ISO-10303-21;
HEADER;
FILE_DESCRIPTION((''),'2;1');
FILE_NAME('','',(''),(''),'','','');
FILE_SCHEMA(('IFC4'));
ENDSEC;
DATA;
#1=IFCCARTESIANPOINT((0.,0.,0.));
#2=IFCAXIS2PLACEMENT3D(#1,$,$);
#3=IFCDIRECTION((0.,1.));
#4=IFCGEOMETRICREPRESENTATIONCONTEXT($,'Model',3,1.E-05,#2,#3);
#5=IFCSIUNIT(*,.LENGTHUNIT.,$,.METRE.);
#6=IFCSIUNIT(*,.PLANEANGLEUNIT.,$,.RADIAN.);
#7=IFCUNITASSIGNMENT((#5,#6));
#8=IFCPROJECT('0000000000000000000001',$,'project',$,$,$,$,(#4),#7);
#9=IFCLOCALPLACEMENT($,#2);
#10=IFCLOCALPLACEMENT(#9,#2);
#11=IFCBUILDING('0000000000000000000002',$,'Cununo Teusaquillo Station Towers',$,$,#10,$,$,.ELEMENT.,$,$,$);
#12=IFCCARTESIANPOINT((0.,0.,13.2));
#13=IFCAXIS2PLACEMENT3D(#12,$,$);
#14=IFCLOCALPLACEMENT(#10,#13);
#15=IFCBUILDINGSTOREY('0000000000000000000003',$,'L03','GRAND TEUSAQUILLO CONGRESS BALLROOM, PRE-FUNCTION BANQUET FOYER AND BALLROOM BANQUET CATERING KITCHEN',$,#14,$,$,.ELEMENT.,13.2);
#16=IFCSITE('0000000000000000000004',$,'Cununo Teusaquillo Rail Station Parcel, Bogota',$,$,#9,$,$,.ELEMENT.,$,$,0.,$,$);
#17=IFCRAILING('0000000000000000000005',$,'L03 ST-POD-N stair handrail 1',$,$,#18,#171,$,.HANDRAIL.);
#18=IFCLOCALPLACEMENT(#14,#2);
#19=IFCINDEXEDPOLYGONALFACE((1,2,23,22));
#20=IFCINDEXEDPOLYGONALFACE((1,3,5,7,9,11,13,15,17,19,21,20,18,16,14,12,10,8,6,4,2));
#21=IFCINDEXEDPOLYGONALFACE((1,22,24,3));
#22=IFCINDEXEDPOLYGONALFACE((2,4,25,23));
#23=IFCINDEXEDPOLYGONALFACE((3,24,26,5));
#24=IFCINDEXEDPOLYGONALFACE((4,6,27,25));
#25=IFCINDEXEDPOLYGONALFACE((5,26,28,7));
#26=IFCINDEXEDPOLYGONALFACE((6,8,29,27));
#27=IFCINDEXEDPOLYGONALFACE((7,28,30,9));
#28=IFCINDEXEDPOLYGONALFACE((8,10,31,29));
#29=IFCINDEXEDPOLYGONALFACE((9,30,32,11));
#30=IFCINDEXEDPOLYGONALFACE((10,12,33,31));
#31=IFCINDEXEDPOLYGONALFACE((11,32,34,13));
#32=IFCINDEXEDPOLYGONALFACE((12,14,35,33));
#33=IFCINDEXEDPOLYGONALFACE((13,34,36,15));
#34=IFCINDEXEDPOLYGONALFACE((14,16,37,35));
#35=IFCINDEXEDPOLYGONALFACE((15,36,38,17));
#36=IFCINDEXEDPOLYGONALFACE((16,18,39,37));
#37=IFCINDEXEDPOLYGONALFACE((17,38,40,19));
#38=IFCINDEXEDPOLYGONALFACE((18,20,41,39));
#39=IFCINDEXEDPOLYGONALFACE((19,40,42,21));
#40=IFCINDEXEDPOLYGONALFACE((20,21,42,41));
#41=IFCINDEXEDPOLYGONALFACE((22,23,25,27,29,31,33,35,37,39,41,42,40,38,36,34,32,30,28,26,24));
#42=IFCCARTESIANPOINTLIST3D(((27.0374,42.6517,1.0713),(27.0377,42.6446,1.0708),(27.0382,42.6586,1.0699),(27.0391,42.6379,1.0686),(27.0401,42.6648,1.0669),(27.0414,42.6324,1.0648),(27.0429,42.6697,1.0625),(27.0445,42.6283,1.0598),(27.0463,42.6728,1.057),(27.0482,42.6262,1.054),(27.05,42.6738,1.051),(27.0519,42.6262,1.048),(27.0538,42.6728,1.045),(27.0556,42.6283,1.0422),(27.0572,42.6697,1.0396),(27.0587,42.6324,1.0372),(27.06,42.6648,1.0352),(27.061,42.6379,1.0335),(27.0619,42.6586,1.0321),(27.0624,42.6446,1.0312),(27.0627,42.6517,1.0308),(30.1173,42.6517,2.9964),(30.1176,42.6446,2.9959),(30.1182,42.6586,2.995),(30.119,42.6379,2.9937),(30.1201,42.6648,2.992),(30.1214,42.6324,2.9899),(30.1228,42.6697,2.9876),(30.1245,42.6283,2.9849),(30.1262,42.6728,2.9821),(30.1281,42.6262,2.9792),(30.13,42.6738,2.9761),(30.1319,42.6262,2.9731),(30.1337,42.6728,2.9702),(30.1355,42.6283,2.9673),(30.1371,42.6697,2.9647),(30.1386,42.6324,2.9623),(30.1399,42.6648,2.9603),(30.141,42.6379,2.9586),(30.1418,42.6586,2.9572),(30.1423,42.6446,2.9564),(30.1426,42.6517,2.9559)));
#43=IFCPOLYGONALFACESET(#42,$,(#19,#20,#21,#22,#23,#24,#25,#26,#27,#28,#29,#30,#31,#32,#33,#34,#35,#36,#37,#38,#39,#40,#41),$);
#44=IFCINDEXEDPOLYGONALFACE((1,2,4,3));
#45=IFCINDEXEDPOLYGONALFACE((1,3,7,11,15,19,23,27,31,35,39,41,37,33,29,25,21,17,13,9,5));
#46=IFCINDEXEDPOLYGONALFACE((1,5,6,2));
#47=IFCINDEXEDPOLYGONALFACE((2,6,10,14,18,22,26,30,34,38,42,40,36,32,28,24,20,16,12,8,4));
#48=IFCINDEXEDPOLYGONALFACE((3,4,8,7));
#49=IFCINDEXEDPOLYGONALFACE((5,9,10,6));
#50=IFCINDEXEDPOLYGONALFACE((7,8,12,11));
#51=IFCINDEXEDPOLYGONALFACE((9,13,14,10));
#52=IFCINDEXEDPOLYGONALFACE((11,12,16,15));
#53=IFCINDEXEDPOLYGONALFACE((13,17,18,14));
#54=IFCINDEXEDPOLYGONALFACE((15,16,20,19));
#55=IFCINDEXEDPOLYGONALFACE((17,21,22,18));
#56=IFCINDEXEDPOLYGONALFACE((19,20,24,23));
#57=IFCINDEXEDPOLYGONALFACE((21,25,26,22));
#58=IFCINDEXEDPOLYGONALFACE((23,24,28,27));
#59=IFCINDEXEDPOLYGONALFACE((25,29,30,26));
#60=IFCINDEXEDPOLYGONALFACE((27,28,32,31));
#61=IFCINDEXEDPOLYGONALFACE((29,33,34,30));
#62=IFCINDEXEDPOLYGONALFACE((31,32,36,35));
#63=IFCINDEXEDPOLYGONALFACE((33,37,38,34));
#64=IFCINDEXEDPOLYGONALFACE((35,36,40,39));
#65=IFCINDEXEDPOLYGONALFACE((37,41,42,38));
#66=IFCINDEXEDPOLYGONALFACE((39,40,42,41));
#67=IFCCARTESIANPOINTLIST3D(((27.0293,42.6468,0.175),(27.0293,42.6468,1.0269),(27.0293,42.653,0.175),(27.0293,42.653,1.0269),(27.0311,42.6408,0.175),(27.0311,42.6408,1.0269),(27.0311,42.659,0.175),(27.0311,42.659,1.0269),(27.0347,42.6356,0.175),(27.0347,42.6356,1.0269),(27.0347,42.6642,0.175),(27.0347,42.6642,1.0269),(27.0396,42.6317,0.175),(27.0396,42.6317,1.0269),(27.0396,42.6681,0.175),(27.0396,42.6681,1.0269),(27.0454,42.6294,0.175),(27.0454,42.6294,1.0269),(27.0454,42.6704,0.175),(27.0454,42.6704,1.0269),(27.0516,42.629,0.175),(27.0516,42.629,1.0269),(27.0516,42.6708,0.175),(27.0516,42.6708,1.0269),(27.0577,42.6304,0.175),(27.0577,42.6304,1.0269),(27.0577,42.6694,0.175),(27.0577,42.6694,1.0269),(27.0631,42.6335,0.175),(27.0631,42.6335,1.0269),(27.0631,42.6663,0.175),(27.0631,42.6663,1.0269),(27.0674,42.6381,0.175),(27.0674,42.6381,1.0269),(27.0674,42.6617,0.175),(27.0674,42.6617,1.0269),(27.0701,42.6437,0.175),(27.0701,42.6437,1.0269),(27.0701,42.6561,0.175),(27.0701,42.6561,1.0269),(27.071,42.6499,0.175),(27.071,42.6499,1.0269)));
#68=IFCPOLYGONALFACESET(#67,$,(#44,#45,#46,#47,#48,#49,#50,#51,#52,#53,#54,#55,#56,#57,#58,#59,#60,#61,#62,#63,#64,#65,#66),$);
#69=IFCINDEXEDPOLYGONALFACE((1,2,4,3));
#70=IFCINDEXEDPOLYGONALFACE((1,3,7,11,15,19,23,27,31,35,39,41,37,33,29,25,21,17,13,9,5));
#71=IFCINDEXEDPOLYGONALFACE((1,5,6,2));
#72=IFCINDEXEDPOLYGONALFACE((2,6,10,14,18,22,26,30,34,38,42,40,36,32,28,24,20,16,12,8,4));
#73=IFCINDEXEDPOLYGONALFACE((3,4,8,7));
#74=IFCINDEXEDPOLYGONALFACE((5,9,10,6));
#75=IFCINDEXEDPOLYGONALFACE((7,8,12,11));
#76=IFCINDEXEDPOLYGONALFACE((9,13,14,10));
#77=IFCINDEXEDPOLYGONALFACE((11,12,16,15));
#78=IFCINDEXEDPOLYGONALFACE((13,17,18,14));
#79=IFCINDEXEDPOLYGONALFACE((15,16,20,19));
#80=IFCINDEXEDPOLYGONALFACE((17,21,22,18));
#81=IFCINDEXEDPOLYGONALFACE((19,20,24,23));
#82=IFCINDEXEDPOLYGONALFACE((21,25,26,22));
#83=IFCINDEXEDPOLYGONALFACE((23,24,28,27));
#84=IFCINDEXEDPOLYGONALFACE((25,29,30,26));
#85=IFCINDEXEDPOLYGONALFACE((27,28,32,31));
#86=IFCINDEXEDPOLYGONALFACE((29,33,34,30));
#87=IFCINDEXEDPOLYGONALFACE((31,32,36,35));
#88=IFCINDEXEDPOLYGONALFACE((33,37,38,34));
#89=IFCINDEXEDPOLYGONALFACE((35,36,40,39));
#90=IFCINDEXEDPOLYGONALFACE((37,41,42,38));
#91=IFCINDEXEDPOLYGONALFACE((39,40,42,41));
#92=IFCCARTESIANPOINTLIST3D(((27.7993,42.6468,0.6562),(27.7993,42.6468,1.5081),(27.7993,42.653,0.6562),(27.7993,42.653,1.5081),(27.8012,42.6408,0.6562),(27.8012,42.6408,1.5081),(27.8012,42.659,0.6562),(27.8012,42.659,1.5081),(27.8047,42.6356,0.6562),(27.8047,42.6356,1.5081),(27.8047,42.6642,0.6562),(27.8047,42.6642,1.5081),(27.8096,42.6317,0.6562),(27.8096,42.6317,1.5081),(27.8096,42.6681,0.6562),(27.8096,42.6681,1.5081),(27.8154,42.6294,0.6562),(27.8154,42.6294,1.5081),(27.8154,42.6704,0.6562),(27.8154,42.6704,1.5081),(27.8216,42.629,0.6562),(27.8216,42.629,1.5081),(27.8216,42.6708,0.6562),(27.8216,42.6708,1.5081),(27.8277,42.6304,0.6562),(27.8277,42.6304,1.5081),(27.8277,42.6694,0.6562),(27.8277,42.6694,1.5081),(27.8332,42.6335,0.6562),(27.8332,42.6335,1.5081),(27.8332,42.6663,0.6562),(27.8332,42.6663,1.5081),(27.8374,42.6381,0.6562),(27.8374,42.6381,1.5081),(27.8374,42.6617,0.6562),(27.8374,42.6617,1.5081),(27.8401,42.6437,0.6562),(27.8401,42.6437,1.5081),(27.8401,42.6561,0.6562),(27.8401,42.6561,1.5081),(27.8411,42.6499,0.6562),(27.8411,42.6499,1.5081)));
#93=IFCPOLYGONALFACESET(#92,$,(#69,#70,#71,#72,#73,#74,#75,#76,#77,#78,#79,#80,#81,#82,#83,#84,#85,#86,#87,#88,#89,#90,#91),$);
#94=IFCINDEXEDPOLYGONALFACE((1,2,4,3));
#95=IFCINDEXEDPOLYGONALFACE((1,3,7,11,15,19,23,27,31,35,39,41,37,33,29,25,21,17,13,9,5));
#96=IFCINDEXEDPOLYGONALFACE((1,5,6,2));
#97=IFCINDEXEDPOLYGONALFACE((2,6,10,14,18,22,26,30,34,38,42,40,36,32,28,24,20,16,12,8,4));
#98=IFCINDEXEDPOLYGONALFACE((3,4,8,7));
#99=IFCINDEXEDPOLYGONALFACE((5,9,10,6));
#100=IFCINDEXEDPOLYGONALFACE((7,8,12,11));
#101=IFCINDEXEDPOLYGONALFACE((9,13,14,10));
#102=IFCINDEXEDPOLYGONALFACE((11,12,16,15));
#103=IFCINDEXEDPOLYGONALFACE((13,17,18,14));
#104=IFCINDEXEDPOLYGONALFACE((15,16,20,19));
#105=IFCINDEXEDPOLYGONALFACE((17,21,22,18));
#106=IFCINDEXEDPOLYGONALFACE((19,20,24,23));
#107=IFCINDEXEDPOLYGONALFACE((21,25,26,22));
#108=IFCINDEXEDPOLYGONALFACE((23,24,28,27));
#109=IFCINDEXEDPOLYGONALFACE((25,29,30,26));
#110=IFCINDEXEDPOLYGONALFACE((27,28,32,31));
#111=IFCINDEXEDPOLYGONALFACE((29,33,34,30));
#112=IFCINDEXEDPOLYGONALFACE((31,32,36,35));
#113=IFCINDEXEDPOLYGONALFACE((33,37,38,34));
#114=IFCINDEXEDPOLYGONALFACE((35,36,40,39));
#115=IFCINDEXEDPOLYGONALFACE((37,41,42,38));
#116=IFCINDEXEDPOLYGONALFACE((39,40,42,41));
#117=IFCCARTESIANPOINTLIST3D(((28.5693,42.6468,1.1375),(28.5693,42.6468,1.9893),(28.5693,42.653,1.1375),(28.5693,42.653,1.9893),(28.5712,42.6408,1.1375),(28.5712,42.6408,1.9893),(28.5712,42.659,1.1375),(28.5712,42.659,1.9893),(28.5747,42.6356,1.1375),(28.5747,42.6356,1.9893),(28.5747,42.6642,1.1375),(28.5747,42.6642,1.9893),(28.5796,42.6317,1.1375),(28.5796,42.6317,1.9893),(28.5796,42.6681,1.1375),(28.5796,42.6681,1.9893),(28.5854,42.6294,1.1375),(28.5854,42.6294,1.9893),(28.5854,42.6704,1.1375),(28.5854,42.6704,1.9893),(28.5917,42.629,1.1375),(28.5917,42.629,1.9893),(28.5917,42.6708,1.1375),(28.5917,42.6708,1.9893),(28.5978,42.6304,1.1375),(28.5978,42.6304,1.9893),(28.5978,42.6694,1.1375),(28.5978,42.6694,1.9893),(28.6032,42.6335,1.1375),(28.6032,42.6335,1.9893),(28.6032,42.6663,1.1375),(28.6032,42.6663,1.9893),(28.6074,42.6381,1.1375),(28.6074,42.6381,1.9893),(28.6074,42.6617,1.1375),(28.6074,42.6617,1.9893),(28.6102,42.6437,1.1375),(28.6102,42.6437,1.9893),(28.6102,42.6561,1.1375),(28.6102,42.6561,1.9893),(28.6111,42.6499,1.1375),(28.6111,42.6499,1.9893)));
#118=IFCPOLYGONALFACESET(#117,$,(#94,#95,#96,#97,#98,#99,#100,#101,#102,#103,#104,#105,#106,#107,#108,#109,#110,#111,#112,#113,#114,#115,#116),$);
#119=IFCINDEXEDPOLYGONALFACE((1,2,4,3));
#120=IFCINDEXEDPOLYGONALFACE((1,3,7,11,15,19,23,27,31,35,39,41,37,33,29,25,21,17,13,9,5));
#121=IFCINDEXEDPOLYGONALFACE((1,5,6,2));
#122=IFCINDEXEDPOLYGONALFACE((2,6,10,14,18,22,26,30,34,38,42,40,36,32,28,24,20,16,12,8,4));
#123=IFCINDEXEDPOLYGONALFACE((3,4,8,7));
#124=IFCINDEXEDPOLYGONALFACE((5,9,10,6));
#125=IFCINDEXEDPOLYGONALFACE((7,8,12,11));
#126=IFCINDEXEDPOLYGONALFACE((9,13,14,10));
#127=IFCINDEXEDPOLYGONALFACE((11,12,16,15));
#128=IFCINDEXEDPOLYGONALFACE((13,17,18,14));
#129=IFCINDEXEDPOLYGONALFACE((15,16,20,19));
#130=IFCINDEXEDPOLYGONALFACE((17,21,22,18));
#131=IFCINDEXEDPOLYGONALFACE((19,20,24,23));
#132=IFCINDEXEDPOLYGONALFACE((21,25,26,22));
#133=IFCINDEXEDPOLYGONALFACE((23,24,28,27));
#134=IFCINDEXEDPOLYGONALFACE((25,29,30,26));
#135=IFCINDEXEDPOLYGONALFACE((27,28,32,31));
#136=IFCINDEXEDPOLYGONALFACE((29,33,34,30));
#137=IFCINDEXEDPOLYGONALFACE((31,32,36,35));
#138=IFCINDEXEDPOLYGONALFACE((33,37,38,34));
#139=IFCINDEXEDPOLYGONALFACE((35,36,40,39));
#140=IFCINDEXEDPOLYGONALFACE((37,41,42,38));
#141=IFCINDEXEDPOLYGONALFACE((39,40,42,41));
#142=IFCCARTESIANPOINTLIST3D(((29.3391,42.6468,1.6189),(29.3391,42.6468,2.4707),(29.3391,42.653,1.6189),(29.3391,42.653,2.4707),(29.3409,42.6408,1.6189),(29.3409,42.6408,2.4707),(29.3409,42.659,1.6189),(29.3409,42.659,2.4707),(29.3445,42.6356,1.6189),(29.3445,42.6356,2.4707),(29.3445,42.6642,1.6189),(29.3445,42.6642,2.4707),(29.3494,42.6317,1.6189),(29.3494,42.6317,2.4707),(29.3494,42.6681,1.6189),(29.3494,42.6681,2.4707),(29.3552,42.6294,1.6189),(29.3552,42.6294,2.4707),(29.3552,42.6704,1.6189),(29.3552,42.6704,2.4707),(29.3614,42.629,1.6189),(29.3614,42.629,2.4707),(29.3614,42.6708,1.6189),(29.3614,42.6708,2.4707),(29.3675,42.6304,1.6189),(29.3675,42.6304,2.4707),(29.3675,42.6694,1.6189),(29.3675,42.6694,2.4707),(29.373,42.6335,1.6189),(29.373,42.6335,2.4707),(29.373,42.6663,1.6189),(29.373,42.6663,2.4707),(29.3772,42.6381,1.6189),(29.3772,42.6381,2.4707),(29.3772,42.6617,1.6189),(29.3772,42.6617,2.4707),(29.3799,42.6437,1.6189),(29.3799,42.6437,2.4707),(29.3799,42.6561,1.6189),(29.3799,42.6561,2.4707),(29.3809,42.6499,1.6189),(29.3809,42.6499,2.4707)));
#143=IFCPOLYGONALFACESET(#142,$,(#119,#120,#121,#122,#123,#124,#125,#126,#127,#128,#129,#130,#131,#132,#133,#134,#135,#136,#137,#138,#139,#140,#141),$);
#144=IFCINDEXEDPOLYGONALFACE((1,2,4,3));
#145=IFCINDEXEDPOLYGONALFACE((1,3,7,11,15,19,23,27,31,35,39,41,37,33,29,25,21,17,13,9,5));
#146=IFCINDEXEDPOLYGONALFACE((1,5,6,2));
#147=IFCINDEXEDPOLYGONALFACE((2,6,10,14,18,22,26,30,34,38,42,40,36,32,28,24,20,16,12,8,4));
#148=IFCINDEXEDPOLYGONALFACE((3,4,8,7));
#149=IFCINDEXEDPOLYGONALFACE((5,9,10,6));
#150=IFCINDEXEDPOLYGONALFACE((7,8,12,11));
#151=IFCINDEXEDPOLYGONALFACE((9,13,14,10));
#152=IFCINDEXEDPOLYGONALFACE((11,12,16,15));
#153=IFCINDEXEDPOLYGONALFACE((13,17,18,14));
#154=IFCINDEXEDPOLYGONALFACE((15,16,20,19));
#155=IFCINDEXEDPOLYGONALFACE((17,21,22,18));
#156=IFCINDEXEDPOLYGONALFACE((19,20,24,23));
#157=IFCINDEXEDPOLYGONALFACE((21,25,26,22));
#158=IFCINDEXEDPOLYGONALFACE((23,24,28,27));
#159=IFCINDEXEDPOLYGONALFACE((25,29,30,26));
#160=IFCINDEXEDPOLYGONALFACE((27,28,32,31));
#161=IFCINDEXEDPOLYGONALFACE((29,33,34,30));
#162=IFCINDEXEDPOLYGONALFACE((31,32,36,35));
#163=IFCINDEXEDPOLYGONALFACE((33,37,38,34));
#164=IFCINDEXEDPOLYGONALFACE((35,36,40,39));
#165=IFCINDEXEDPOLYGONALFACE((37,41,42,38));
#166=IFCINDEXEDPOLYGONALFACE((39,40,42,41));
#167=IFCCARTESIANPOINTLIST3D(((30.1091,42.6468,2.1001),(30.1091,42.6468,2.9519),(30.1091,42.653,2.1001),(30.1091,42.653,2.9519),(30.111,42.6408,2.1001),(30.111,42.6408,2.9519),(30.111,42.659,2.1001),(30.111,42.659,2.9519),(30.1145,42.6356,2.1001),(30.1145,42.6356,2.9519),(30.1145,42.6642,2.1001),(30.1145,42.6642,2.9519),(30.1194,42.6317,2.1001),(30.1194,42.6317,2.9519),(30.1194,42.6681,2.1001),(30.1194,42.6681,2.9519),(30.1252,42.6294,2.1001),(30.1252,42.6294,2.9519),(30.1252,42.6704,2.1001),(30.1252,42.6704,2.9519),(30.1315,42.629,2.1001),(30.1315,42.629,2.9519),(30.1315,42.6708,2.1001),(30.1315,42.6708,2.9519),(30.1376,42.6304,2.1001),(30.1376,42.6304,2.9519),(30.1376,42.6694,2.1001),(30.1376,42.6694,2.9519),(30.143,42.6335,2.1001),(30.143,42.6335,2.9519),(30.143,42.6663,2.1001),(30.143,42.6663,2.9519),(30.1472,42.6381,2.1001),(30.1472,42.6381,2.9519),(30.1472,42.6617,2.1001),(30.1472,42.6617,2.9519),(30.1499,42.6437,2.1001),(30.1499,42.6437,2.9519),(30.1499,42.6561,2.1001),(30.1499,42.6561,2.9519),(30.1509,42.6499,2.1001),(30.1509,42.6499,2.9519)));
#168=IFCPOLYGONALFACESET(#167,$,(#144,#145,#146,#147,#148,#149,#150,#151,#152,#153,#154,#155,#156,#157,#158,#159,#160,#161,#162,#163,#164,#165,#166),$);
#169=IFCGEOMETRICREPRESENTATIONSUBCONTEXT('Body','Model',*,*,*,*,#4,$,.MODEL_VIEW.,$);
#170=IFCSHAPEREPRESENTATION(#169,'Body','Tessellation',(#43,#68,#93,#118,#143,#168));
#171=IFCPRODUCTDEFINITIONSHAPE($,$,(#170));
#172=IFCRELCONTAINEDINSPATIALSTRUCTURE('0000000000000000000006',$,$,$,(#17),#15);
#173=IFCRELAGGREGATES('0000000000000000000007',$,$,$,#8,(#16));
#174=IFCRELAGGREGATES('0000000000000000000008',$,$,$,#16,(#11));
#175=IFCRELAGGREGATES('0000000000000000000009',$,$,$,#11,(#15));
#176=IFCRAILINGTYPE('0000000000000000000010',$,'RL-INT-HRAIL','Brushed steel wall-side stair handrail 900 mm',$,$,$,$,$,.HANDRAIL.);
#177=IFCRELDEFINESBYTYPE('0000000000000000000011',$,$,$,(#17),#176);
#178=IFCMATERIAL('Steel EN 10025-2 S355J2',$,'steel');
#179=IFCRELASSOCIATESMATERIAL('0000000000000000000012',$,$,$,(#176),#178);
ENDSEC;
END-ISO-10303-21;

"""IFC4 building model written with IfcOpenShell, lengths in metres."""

from ifc_helpers import new_model, si_unit, direction, frame, origin, origin_2d, place, context, subcontext, project, spatial, circle, extrude, material, type_object, element, save


model = new_model("IFC4")

# Units and contexts
model_context = context("Model", 3, precision=1e-05, world=origin(), true_north=direction((0.0, 1.0)))
body_context = subcontext(model_context, "Body", "Model", "MODEL_VIEW")
ifc_project = project(units=[si_unit("LENGTHUNIT", "METRE"), si_unit("PLANEANGLEUNIT", "RADIAN")], contexts=[model_context])

# Site, building, storey
site_placement = place(None, origin())
site = spatial("IfcSite", under=ifc_project, at=site_placement, Name="Cununo Teusaquillo Rail Station Parcel, Bogota", CompositionType="ELEMENT", RefElevation=0.0)
building_placement = place(site_placement, origin())
building = spatial("IfcBuilding", under=site, at=building_placement, Name="Cununo Teusaquillo Station Towers", CompositionType="ELEMENT")
storey_placement = place(building_placement, frame((0.0, 0.0, 13.2)))
storey = spatial("IfcBuildingStorey", under=building, at=storey_placement, Name="L03", Description="GRAND TEUSAQUILLO CONGRESS BALLROOM, PRE-FUNCTION BANQUET FOYER AND BALLROOM BANQUET CATERING KITCHEN", CompositionType="ELEMENT", Elevation=13.2)

# Railing
ifc_material_1 = material(Name="Steel EN 10025-2 S355J2", Category="steel")
railing_type_1 = type_object("IfcRailingType", Name="RL-INT-HRAIL", Description="Brushed steel wall-side stair handrail 900 mm", PredefinedType="HANDRAIL", material=ifc_material_1)
railing_1_placement = place(storey_placement, frame((27.05, 42.6499, 0.175)))
element("IfcRailing", 1, at=railing_1_placement, inside=storey, type_object=railing_type_1, Name="L03 ST-POD-N stair handrail 1", PredefinedType="HANDRAIL", context=body_context, shape_type="SweptSolid", body=[
    extrude(circle(Radius=0.0239, at=origin_2d()), frame((0.0, 0.0, 0.876), z_axis=(0.847979, 0.0, 0.530029), x_axis=(0.0, 1.0, 0.0)), (0.0, 0.0, 1.0), 3.6321),
    extrude(circle(Radius=0.021, at=origin_2d()), origin(), (0.0, 0.0, 1.0), 0.8518),
    extrude(circle(Radius=0.021, at=origin_2d()), frame((0.77, 0.0, 0.4812)), (0.0, 0.0, 1.0), 0.8518),
    extrude(circle(Radius=0.021, at=origin_2d()), frame((1.54, 0.0, 0.9624)), (0.0, 0.0, 1.0), 0.8518),
    extrude(circle(Radius=0.021, at=origin_2d()), frame((2.3098, 0.0, 1.4438)), (0.0, 0.0, 1.0), 0.8518),
    extrude(circle(Radius=0.021, at=origin_2d()), frame((3.0798, 0.0, 1.925)), (0.0, 0.0, 1.0), 0.8518),
])

save(model, "model.ifc")
